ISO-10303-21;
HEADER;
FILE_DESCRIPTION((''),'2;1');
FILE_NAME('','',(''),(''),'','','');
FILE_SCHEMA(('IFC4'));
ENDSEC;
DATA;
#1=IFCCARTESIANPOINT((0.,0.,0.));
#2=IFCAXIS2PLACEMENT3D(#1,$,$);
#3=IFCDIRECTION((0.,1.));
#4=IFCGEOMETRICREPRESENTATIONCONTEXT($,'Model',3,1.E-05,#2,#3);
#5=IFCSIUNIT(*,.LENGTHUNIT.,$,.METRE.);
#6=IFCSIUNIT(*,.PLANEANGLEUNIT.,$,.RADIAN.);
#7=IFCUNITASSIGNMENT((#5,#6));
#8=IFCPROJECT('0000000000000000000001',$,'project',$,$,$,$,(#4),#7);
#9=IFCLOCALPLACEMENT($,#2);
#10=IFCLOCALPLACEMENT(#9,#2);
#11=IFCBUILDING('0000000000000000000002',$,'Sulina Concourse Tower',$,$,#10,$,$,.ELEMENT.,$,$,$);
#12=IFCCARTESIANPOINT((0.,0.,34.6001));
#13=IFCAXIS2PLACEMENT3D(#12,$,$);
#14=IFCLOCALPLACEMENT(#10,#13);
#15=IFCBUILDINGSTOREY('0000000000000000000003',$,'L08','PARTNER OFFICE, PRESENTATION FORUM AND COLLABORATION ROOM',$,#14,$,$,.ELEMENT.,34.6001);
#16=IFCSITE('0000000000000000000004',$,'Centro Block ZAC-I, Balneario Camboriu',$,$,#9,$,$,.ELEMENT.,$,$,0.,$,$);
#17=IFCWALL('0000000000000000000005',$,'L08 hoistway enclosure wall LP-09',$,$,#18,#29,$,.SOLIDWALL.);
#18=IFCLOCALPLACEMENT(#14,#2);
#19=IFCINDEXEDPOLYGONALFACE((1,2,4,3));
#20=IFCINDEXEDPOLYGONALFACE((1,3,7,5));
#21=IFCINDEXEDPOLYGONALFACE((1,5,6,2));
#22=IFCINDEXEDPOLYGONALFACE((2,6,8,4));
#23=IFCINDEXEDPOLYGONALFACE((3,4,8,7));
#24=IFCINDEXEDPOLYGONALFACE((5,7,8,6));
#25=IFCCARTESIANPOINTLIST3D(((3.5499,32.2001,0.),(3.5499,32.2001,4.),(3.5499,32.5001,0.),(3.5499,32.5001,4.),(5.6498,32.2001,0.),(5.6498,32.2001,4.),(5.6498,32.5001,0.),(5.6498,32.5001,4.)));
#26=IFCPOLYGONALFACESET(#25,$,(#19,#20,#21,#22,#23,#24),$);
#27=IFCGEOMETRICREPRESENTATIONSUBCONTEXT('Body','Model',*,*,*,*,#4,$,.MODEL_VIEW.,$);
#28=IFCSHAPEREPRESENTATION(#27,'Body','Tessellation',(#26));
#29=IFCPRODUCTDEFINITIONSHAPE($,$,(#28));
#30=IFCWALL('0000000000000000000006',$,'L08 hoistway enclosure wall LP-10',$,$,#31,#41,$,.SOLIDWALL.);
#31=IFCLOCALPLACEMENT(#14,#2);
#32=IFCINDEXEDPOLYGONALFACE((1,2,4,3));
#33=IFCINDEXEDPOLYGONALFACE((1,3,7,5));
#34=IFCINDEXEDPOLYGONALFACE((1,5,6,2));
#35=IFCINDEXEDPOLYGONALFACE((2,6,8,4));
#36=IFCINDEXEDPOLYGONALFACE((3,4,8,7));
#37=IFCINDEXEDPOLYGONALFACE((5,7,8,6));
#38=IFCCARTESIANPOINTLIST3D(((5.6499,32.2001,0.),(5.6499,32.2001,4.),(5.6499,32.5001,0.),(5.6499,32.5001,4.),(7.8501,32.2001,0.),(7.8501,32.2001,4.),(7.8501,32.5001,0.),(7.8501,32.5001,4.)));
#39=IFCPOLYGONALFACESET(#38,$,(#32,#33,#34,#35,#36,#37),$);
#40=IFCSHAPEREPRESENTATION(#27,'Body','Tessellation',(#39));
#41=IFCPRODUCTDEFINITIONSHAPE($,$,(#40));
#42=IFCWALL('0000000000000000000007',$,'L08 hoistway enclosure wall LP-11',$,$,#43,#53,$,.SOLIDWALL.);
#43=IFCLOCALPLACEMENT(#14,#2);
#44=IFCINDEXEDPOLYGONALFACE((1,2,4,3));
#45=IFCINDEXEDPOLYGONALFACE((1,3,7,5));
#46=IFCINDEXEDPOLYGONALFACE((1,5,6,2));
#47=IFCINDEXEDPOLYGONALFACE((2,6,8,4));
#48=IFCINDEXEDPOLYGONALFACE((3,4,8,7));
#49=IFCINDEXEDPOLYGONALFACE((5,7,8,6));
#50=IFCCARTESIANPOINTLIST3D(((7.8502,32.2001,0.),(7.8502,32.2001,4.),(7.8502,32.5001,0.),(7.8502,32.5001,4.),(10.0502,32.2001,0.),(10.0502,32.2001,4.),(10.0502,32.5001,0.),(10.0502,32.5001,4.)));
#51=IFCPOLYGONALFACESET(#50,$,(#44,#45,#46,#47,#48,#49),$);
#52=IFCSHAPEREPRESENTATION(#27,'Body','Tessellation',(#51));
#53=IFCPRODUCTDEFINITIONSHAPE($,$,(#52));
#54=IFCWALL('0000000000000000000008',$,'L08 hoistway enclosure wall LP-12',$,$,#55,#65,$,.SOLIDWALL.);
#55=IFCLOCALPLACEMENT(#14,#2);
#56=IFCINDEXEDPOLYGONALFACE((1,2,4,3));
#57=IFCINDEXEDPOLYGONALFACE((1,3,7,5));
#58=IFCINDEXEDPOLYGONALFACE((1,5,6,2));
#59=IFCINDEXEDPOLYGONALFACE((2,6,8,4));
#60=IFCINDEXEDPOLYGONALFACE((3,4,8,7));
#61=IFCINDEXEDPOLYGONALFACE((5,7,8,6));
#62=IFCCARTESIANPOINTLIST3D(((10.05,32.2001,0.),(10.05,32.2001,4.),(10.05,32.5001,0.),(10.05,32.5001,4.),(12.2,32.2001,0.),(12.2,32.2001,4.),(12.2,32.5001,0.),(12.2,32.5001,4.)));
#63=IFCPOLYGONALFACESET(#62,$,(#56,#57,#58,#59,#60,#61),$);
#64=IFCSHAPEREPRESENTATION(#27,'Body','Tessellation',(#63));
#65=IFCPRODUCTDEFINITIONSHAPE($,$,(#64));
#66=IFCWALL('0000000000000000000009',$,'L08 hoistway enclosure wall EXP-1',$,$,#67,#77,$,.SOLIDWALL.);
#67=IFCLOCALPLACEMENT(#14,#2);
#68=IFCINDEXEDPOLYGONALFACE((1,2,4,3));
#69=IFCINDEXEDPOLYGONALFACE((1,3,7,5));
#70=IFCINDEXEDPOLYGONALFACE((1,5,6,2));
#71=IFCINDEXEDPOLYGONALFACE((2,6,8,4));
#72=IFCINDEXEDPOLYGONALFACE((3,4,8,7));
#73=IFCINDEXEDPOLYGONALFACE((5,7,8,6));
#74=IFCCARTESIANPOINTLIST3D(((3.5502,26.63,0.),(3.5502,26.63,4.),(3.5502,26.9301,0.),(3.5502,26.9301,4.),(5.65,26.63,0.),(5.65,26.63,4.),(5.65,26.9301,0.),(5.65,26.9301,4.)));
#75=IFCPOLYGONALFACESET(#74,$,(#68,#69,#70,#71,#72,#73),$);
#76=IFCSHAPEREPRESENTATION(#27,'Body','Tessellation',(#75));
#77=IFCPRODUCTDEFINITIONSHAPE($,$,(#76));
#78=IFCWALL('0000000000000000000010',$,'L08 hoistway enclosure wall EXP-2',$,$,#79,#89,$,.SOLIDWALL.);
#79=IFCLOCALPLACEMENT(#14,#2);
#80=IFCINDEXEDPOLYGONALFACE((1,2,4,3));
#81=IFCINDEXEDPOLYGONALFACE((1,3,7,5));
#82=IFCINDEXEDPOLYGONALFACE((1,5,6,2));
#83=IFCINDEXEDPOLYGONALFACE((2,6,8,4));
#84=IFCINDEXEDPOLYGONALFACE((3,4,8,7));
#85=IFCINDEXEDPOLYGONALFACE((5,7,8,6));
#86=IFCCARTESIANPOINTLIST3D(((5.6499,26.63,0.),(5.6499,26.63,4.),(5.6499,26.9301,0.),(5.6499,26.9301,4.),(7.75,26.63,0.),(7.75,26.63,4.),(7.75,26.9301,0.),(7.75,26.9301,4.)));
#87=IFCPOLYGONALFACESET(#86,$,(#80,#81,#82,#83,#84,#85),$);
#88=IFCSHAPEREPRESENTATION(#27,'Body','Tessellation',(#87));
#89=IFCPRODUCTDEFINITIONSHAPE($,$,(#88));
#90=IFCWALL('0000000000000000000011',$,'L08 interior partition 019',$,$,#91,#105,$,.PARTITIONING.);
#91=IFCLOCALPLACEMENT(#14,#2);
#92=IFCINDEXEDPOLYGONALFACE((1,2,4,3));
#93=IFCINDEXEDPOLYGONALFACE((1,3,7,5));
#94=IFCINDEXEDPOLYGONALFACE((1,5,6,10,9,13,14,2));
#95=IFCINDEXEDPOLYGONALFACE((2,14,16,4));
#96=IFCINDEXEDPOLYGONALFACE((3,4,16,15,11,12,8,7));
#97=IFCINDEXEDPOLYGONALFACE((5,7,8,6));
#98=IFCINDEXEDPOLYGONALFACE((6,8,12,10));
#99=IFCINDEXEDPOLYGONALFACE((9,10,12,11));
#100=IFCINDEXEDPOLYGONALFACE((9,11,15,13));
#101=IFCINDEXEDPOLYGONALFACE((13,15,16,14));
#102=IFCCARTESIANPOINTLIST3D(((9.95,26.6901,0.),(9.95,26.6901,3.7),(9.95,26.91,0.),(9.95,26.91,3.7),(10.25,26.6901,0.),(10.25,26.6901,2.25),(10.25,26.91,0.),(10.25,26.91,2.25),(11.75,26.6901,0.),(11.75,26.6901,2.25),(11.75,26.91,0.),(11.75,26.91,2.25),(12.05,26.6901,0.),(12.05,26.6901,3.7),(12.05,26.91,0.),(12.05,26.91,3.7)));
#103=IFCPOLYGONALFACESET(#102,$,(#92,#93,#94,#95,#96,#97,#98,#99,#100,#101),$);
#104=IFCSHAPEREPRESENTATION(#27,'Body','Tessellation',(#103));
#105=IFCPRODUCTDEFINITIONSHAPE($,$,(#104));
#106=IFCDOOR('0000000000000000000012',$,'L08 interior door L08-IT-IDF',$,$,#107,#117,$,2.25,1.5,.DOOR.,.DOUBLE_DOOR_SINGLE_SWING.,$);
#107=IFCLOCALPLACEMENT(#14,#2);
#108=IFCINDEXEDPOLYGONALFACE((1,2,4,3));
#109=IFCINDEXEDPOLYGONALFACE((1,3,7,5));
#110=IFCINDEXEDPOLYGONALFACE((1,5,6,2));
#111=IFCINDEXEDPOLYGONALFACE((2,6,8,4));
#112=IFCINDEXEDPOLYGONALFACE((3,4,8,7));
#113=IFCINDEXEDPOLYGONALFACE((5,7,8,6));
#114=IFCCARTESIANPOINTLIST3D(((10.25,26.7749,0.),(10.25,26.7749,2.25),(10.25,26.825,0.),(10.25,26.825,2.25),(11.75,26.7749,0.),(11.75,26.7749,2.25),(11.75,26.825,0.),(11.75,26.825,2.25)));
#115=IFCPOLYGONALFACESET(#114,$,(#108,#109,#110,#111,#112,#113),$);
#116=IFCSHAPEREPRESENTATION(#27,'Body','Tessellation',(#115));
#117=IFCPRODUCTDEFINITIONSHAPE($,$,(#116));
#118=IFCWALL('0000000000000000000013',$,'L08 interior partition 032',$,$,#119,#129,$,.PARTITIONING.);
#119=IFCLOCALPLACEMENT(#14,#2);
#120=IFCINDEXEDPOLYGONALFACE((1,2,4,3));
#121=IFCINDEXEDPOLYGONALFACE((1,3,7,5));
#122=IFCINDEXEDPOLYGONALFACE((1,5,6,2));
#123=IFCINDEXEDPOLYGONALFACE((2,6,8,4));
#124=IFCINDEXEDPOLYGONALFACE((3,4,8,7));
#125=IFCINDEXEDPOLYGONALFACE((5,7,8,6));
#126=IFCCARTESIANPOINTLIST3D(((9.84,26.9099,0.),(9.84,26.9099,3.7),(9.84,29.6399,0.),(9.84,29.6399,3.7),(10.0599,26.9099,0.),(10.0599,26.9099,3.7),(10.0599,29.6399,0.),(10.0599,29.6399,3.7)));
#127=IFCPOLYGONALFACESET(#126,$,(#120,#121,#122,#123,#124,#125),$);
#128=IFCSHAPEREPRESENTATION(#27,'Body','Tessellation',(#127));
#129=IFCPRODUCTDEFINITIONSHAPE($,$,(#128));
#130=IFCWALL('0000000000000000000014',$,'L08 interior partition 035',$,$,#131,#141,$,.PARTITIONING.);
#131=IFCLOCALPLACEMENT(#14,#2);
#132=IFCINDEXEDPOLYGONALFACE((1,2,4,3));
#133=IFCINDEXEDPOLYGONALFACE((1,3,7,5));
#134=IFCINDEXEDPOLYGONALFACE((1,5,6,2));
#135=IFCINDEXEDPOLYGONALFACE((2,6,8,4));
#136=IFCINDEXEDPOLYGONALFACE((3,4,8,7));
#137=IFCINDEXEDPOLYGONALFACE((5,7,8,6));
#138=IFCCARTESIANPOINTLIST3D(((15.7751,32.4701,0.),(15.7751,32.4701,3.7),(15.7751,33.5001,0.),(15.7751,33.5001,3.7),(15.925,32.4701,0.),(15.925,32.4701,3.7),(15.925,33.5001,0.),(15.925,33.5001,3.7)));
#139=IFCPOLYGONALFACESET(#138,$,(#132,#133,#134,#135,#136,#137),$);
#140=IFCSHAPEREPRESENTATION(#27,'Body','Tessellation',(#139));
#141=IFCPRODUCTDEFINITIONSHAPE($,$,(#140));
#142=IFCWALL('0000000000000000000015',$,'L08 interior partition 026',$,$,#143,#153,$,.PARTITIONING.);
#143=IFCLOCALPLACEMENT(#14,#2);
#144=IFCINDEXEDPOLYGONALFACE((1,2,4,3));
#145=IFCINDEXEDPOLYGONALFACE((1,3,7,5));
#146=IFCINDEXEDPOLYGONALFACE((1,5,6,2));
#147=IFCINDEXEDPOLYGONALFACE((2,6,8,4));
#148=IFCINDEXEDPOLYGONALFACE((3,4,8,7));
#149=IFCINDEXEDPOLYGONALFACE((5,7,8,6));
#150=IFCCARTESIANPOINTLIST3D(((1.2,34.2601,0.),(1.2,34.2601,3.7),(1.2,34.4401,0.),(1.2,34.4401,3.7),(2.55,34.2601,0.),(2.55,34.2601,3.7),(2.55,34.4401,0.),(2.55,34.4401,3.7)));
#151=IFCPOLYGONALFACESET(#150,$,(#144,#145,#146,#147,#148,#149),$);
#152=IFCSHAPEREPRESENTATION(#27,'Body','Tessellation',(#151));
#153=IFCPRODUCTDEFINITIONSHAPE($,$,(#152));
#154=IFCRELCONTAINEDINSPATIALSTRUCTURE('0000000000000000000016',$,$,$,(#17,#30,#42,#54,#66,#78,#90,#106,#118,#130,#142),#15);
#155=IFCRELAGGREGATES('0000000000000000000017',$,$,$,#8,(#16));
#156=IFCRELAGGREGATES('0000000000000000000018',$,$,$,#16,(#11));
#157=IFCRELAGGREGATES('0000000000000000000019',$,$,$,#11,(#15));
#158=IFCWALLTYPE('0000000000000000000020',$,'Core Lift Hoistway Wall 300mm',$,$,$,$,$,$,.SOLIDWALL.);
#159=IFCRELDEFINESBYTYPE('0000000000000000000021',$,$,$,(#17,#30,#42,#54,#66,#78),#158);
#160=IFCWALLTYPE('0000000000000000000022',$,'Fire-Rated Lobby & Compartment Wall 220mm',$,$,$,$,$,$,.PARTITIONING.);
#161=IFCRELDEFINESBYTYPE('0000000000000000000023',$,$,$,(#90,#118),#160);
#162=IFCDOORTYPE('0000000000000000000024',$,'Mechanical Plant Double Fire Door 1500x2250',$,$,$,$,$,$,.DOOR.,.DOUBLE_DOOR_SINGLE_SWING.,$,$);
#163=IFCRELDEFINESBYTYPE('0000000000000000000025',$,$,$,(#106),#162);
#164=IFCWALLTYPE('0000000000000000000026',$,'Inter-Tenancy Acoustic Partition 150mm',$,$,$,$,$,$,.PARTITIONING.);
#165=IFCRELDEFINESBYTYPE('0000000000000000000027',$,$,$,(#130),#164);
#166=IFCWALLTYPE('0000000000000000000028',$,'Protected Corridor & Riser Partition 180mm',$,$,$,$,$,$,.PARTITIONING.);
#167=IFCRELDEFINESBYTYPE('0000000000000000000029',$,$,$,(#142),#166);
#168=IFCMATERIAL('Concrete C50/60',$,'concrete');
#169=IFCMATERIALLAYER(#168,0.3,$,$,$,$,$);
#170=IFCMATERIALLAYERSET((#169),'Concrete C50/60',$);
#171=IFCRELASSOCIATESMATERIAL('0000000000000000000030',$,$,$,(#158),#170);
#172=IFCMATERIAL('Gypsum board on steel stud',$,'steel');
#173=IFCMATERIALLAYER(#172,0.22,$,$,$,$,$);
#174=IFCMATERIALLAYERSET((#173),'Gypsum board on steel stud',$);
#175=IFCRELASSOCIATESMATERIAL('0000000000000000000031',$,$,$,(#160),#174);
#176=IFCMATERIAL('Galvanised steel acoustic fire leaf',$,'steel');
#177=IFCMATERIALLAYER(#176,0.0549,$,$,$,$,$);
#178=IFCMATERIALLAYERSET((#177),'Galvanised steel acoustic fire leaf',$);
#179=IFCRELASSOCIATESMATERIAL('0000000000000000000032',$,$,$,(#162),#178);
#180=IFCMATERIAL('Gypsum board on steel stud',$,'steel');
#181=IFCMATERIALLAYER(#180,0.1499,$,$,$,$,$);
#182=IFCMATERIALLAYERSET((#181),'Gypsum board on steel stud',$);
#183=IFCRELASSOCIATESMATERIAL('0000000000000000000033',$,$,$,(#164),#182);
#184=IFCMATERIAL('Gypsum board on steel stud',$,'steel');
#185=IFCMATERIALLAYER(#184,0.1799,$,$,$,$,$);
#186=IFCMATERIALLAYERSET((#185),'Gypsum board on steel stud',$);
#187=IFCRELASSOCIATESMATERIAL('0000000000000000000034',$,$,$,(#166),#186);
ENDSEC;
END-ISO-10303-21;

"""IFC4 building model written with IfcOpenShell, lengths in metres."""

from ifc_helpers import new_model, si_unit, direction, frame, frame_2d, origin, place, context, subcontext, project, spatial, rectangle, extrude, material, layer, layer_set, type_object, element, fill, save


model = new_model("IFC4")

# Units and contexts
model_context = context("Model", 3, precision=1e-05, world=origin(), true_north=direction((0.0, 1.0)))
body_context = subcontext(model_context, "Body", "Model", "MODEL_VIEW")
ifc_project = project(units=[si_unit("LENGTHUNIT", "METRE"), si_unit("PLANEANGLEUNIT", "RADIAN")], contexts=[model_context])

# Site, building, storey
site_placement = place(None, origin())
site = spatial("IfcSite", under=ifc_project, at=site_placement, Name="Centro Block ZAC-I, Balneario Camboriu", CompositionType="ELEMENT", RefElevation=0.0)
building_placement = place(site_placement, origin())
building = spatial("IfcBuilding", under=site, at=building_placement, Name="Sulina Concourse Tower", CompositionType="ELEMENT")
storey_placement = place(building_placement, frame((0.0, 0.0, 34.6001)))
storey = spatial("IfcBuildingStorey", under=building, at=storey_placement, Name="L08", Description="PARTNER OFFICE, PRESENTATION FORUM AND COLLABORATION ROOM", CompositionType="ELEMENT", Elevation=34.6001)

# Walls
ifc_material_1 = material(Name="Concrete C50/60", Category="concrete")
ifc_layer_1 = layer(ifc_material_1, 0.3)
ifc_layer_set_1 = layer_set([ifc_layer_1], Name="Concrete C50/60")
wall_type_1 = type_object("IfcWallType", Name="Core Lift Hoistway Wall 300mm", PredefinedType="SOLIDWALL", material=ifc_layer_set_1)
wall_1_placement = place(storey_placement, frame((3.55, 32.3501, 0.0), z_axis=(0.0, 0.0, 1.0), x_axis=(1.0, 0.0, 0.0)))
element("IfcWall", 1, at=wall_1_placement, inside=storey, type_object=wall_type_1, Name="L08 hoistway enclosure wall LP-09", PredefinedType="SOLIDWALL", context=body_context, shape_type="SweptSolid", body=[
    extrude(rectangle(XDim=2.0999, YDim=0.3, at=frame_2d((1.0498, 0.0))), origin(), (0.0, 0.0, 1.0), 4.0),
])
wall_2_placement = place(storey_placement, frame((5.6499, 32.3501, 0.0), z_axis=(0.0, 0.0, 1.0), x_axis=(1.0, 0.0, 0.0)))
element("IfcWall", 2, at=wall_2_placement, inside=storey, type_object=wall_type_1, Name="L08 hoistway enclosure wall LP-10", PredefinedType="SOLIDWALL", context=body_context, shape_type="SweptSolid", body=[
    extrude(rectangle(XDim=2.2002, YDim=0.3, at=frame_2d((1.1001, 0.0))), origin(), (0.0, 0.0, 1.0), 4.0),
])
wall_3_placement = place(storey_placement, frame((7.8501, 32.3501, 0.0), z_axis=(0.0, 0.0, 1.0), x_axis=(1.0, 0.0, 0.0)))
element("IfcWall", 3, at=wall_3_placement, inside=storey, type_object=wall_type_1, Name="L08 hoistway enclosure wall LP-11", PredefinedType="SOLIDWALL", context=body_context, shape_type="SweptSolid", body=[
    extrude(rectangle(XDim=2.2, YDim=0.3, at=frame_2d((1.1001, 0.0))), origin(), (0.0, 0.0, 1.0), 4.0),
])
wall_4_placement = place(storey_placement, frame((10.05, 32.3501, 0.0), z_axis=(0.0, 0.0, 1.0), x_axis=(1.0, 0.0, 0.0)))
element("IfcWall", 4, at=wall_4_placement, inside=storey, type_object=wall_type_1, Name="L08 hoistway enclosure wall LP-12", PredefinedType="SOLIDWALL", context=body_context, shape_type="SweptSolid", body=[
    extrude(rectangle(XDim=2.1499, YDim=0.3, at=frame_2d((1.075, 0.0))), origin(), (0.0, 0.0, 1.0), 4.0),
])
wall_5_placement = place(storey_placement, frame((5.6499, 26.78, 0.0), z_axis=(0.0, 0.0, 1.0), x_axis=(-1.0, 0.0, 0.0)))
element("IfcWall", 5, at=wall_5_placement, inside=storey, type_object=wall_type_1, Name="L08 hoistway enclosure wall EXP-1", PredefinedType="SOLIDWALL", context=body_context, shape_type="SweptSolid", body=[
    extrude(rectangle(XDim=2.0999, YDim=0.3, at=frame_2d((1.0498, 0.0))), origin(), (0.0, 0.0, 1.0), 4.0),
])
wall_6_placement = place(storey_placement, frame((7.75, 26.78, 0.0), z_axis=(0.0, 0.0, 1.0), x_axis=(-1.0, 0.0, 0.0)))
element("IfcWall", 6, at=wall_6_placement, inside=storey, type_object=wall_type_1, Name="L08 hoistway enclosure wall EXP-2", PredefinedType="SOLIDWALL", context=body_context, shape_type="SweptSolid", body=[
    extrude(rectangle(XDim=2.1001, YDim=0.3, at=frame_2d((1.05, 0.0))), origin(), (0.0, 0.0, 1.0), 4.0),
])

# Wall, opening, door
ifc_material_2 = material(Name="Gypsum board on steel stud", Category="steel")
ifc_layer_2 = layer(ifc_material_2, 0.22)
ifc_layer_set_2 = layer_set([ifc_layer_2], Name="Gypsum board on steel stud")
wall_type_2 = type_object("IfcWallType", Name="Fire-Rated Lobby & Compartment Wall 220mm", PredefinedType="PARTITIONING", material=ifc_layer_set_2)
wall_7_placement = place(storey_placement, frame((9.95, 26.8, 0.0), z_axis=(0.0, 0.0, 1.0), x_axis=(1.0, 0.0, 0.0)))
wall_7 = element("IfcWall", 7, at=wall_7_placement, inside=storey, type_object=wall_type_2, Name="L08 interior partition 019", PredefinedType="PARTITIONING", context=body_context, shape_type="SweptSolid", body=[
    extrude(rectangle(XDim=2.1001, YDim=0.22, at=frame_2d((1.05, 0.0))), origin(), (0.0, 0.0, 1.0), 3.7),
])
opening_1_placement = place(wall_7_placement, frame((0.3, 0.0, 0.0)))
opening_1 = element("IfcOpeningElement", 8, at=opening_1_placement, cuts=wall_7, PredefinedType="OPENING", context=body_context, shape_type="SweptSolid", body=[
    extrude(rectangle(XDim=1.5, YDim=2.25, at=frame_2d((0.75, 1.125))), frame((0.0, 0.1199, 0.0), z_axis=(0.0, -1.0, 0.0), x_axis=(1.0, 0.0, 0.0)), (0.0, 0.0, 1.0), 0.24),
])
ifc_material_3 = material(Name="Galvanised steel acoustic fire leaf", Category="steel")
ifc_layer_3 = layer(ifc_material_3, 0.0549)
ifc_layer_set_3 = layer_set([ifc_layer_3], Name="Galvanised steel acoustic fire leaf")
door_type_1 = type_object("IfcDoorType", Name="Mechanical Plant Double Fire Door 1500x2250", OperationType="DOUBLE_DOOR_SINGLE_SWING", PredefinedType="DOOR", material=ifc_layer_set_3)
door_1_placement = place(opening_1_placement, origin())
door_1 = element("IfcDoor", 9, at=door_1_placement, inside=storey, type_object=door_type_1, Name="L08 interior door L08-IT-IDF", OperationType="DOUBLE_DOOR_SINGLE_SWING", OverallHeight=2.25, OverallWidth=1.5, PredefinedType="DOOR", context=body_context, shape_type="SweptSolid", body=[
    extrude(rectangle(XDim=1.5, YDim=2.25, at=frame_2d((0.75, 1.125))), frame((0.0, 0.0249, 0.0), z_axis=(0.0, -1.0, 0.0), x_axis=(1.0, 0.0, 0.0)), (0.0, 0.0, 1.0), 0.05),
])
fill(opening_1, door_1)

# Walls
wall_8_placement = place(storey_placement, frame((9.95, 26.9099, 0.0), z_axis=(0.0, 0.0, 1.0), x_axis=(0.0, 1.0, 0.0)))
element("IfcWall", 10, at=wall_8_placement, inside=storey, type_object=wall_type_2, Name="L08 interior partition 032", PredefinedType="PARTITIONING", context=body_context, shape_type="SweptSolid", body=[
    extrude(rectangle(XDim=2.73, YDim=0.22, at=frame_2d((1.365, 0.0))), origin(), (0.0, 0.0, 1.0), 3.7),
])
ifc_material_4 = material(Name="Gypsum board on steel stud", Category="steel")
ifc_layer_4 = layer(ifc_material_4, 0.1499)
ifc_layer_set_4 = layer_set([ifc_layer_4], Name="Gypsum board on steel stud")
wall_type_3 = type_object("IfcWallType", Name="Inter-Tenancy Acoustic Partition 150mm", PredefinedType="PARTITIONING", material=ifc_layer_set_4)
wall_9_placement = place(storey_placement, frame((15.8501, 32.47, 0.0), z_axis=(0.0, 0.0, 1.0), x_axis=(0.0, 1.0, 0.0)))
element("IfcWall", 11, at=wall_9_placement, inside=storey, type_object=wall_type_3, Name="L08 interior partition 035", PredefinedType="PARTITIONING", context=body_context, shape_type="SweptSolid", body=[
    extrude(rectangle(XDim=1.03, YDim=0.1499, at=frame_2d((0.5151, 0.0))), origin(), (0.0, 0.0, 1.0), 3.7),
])
ifc_material_5 = material(Name="Gypsum board on steel stud", Category="steel")
ifc_layer_5 = layer(ifc_material_5, 0.1799)
ifc_layer_set_5 = layer_set([ifc_layer_5], Name="Gypsum board on steel stud")
wall_type_4 = type_object("IfcWallType", Name="Protected Corridor & Riser Partition 180mm", PredefinedType="PARTITIONING", material=ifc_layer_set_5)
wall_10_placement = place(storey_placement, frame((1.2, 34.3501, 0.0), z_axis=(0.0, 0.0, 1.0), x_axis=(1.0, 0.0, 0.0)))
element("IfcWall", 12, at=wall_10_placement, inside=storey, type_object=wall_type_4, Name="L08 interior partition 026", PredefinedType="PARTITIONING", context=body_context, shape_type="SweptSolid", body=[
    extrude(rectangle(XDim=1.3501, YDim=0.1799, at=frame_2d((0.675, 0.0))), origin(), (0.0, 0.0, 1.0), 3.7),
])

save(model, "model.ifc")
